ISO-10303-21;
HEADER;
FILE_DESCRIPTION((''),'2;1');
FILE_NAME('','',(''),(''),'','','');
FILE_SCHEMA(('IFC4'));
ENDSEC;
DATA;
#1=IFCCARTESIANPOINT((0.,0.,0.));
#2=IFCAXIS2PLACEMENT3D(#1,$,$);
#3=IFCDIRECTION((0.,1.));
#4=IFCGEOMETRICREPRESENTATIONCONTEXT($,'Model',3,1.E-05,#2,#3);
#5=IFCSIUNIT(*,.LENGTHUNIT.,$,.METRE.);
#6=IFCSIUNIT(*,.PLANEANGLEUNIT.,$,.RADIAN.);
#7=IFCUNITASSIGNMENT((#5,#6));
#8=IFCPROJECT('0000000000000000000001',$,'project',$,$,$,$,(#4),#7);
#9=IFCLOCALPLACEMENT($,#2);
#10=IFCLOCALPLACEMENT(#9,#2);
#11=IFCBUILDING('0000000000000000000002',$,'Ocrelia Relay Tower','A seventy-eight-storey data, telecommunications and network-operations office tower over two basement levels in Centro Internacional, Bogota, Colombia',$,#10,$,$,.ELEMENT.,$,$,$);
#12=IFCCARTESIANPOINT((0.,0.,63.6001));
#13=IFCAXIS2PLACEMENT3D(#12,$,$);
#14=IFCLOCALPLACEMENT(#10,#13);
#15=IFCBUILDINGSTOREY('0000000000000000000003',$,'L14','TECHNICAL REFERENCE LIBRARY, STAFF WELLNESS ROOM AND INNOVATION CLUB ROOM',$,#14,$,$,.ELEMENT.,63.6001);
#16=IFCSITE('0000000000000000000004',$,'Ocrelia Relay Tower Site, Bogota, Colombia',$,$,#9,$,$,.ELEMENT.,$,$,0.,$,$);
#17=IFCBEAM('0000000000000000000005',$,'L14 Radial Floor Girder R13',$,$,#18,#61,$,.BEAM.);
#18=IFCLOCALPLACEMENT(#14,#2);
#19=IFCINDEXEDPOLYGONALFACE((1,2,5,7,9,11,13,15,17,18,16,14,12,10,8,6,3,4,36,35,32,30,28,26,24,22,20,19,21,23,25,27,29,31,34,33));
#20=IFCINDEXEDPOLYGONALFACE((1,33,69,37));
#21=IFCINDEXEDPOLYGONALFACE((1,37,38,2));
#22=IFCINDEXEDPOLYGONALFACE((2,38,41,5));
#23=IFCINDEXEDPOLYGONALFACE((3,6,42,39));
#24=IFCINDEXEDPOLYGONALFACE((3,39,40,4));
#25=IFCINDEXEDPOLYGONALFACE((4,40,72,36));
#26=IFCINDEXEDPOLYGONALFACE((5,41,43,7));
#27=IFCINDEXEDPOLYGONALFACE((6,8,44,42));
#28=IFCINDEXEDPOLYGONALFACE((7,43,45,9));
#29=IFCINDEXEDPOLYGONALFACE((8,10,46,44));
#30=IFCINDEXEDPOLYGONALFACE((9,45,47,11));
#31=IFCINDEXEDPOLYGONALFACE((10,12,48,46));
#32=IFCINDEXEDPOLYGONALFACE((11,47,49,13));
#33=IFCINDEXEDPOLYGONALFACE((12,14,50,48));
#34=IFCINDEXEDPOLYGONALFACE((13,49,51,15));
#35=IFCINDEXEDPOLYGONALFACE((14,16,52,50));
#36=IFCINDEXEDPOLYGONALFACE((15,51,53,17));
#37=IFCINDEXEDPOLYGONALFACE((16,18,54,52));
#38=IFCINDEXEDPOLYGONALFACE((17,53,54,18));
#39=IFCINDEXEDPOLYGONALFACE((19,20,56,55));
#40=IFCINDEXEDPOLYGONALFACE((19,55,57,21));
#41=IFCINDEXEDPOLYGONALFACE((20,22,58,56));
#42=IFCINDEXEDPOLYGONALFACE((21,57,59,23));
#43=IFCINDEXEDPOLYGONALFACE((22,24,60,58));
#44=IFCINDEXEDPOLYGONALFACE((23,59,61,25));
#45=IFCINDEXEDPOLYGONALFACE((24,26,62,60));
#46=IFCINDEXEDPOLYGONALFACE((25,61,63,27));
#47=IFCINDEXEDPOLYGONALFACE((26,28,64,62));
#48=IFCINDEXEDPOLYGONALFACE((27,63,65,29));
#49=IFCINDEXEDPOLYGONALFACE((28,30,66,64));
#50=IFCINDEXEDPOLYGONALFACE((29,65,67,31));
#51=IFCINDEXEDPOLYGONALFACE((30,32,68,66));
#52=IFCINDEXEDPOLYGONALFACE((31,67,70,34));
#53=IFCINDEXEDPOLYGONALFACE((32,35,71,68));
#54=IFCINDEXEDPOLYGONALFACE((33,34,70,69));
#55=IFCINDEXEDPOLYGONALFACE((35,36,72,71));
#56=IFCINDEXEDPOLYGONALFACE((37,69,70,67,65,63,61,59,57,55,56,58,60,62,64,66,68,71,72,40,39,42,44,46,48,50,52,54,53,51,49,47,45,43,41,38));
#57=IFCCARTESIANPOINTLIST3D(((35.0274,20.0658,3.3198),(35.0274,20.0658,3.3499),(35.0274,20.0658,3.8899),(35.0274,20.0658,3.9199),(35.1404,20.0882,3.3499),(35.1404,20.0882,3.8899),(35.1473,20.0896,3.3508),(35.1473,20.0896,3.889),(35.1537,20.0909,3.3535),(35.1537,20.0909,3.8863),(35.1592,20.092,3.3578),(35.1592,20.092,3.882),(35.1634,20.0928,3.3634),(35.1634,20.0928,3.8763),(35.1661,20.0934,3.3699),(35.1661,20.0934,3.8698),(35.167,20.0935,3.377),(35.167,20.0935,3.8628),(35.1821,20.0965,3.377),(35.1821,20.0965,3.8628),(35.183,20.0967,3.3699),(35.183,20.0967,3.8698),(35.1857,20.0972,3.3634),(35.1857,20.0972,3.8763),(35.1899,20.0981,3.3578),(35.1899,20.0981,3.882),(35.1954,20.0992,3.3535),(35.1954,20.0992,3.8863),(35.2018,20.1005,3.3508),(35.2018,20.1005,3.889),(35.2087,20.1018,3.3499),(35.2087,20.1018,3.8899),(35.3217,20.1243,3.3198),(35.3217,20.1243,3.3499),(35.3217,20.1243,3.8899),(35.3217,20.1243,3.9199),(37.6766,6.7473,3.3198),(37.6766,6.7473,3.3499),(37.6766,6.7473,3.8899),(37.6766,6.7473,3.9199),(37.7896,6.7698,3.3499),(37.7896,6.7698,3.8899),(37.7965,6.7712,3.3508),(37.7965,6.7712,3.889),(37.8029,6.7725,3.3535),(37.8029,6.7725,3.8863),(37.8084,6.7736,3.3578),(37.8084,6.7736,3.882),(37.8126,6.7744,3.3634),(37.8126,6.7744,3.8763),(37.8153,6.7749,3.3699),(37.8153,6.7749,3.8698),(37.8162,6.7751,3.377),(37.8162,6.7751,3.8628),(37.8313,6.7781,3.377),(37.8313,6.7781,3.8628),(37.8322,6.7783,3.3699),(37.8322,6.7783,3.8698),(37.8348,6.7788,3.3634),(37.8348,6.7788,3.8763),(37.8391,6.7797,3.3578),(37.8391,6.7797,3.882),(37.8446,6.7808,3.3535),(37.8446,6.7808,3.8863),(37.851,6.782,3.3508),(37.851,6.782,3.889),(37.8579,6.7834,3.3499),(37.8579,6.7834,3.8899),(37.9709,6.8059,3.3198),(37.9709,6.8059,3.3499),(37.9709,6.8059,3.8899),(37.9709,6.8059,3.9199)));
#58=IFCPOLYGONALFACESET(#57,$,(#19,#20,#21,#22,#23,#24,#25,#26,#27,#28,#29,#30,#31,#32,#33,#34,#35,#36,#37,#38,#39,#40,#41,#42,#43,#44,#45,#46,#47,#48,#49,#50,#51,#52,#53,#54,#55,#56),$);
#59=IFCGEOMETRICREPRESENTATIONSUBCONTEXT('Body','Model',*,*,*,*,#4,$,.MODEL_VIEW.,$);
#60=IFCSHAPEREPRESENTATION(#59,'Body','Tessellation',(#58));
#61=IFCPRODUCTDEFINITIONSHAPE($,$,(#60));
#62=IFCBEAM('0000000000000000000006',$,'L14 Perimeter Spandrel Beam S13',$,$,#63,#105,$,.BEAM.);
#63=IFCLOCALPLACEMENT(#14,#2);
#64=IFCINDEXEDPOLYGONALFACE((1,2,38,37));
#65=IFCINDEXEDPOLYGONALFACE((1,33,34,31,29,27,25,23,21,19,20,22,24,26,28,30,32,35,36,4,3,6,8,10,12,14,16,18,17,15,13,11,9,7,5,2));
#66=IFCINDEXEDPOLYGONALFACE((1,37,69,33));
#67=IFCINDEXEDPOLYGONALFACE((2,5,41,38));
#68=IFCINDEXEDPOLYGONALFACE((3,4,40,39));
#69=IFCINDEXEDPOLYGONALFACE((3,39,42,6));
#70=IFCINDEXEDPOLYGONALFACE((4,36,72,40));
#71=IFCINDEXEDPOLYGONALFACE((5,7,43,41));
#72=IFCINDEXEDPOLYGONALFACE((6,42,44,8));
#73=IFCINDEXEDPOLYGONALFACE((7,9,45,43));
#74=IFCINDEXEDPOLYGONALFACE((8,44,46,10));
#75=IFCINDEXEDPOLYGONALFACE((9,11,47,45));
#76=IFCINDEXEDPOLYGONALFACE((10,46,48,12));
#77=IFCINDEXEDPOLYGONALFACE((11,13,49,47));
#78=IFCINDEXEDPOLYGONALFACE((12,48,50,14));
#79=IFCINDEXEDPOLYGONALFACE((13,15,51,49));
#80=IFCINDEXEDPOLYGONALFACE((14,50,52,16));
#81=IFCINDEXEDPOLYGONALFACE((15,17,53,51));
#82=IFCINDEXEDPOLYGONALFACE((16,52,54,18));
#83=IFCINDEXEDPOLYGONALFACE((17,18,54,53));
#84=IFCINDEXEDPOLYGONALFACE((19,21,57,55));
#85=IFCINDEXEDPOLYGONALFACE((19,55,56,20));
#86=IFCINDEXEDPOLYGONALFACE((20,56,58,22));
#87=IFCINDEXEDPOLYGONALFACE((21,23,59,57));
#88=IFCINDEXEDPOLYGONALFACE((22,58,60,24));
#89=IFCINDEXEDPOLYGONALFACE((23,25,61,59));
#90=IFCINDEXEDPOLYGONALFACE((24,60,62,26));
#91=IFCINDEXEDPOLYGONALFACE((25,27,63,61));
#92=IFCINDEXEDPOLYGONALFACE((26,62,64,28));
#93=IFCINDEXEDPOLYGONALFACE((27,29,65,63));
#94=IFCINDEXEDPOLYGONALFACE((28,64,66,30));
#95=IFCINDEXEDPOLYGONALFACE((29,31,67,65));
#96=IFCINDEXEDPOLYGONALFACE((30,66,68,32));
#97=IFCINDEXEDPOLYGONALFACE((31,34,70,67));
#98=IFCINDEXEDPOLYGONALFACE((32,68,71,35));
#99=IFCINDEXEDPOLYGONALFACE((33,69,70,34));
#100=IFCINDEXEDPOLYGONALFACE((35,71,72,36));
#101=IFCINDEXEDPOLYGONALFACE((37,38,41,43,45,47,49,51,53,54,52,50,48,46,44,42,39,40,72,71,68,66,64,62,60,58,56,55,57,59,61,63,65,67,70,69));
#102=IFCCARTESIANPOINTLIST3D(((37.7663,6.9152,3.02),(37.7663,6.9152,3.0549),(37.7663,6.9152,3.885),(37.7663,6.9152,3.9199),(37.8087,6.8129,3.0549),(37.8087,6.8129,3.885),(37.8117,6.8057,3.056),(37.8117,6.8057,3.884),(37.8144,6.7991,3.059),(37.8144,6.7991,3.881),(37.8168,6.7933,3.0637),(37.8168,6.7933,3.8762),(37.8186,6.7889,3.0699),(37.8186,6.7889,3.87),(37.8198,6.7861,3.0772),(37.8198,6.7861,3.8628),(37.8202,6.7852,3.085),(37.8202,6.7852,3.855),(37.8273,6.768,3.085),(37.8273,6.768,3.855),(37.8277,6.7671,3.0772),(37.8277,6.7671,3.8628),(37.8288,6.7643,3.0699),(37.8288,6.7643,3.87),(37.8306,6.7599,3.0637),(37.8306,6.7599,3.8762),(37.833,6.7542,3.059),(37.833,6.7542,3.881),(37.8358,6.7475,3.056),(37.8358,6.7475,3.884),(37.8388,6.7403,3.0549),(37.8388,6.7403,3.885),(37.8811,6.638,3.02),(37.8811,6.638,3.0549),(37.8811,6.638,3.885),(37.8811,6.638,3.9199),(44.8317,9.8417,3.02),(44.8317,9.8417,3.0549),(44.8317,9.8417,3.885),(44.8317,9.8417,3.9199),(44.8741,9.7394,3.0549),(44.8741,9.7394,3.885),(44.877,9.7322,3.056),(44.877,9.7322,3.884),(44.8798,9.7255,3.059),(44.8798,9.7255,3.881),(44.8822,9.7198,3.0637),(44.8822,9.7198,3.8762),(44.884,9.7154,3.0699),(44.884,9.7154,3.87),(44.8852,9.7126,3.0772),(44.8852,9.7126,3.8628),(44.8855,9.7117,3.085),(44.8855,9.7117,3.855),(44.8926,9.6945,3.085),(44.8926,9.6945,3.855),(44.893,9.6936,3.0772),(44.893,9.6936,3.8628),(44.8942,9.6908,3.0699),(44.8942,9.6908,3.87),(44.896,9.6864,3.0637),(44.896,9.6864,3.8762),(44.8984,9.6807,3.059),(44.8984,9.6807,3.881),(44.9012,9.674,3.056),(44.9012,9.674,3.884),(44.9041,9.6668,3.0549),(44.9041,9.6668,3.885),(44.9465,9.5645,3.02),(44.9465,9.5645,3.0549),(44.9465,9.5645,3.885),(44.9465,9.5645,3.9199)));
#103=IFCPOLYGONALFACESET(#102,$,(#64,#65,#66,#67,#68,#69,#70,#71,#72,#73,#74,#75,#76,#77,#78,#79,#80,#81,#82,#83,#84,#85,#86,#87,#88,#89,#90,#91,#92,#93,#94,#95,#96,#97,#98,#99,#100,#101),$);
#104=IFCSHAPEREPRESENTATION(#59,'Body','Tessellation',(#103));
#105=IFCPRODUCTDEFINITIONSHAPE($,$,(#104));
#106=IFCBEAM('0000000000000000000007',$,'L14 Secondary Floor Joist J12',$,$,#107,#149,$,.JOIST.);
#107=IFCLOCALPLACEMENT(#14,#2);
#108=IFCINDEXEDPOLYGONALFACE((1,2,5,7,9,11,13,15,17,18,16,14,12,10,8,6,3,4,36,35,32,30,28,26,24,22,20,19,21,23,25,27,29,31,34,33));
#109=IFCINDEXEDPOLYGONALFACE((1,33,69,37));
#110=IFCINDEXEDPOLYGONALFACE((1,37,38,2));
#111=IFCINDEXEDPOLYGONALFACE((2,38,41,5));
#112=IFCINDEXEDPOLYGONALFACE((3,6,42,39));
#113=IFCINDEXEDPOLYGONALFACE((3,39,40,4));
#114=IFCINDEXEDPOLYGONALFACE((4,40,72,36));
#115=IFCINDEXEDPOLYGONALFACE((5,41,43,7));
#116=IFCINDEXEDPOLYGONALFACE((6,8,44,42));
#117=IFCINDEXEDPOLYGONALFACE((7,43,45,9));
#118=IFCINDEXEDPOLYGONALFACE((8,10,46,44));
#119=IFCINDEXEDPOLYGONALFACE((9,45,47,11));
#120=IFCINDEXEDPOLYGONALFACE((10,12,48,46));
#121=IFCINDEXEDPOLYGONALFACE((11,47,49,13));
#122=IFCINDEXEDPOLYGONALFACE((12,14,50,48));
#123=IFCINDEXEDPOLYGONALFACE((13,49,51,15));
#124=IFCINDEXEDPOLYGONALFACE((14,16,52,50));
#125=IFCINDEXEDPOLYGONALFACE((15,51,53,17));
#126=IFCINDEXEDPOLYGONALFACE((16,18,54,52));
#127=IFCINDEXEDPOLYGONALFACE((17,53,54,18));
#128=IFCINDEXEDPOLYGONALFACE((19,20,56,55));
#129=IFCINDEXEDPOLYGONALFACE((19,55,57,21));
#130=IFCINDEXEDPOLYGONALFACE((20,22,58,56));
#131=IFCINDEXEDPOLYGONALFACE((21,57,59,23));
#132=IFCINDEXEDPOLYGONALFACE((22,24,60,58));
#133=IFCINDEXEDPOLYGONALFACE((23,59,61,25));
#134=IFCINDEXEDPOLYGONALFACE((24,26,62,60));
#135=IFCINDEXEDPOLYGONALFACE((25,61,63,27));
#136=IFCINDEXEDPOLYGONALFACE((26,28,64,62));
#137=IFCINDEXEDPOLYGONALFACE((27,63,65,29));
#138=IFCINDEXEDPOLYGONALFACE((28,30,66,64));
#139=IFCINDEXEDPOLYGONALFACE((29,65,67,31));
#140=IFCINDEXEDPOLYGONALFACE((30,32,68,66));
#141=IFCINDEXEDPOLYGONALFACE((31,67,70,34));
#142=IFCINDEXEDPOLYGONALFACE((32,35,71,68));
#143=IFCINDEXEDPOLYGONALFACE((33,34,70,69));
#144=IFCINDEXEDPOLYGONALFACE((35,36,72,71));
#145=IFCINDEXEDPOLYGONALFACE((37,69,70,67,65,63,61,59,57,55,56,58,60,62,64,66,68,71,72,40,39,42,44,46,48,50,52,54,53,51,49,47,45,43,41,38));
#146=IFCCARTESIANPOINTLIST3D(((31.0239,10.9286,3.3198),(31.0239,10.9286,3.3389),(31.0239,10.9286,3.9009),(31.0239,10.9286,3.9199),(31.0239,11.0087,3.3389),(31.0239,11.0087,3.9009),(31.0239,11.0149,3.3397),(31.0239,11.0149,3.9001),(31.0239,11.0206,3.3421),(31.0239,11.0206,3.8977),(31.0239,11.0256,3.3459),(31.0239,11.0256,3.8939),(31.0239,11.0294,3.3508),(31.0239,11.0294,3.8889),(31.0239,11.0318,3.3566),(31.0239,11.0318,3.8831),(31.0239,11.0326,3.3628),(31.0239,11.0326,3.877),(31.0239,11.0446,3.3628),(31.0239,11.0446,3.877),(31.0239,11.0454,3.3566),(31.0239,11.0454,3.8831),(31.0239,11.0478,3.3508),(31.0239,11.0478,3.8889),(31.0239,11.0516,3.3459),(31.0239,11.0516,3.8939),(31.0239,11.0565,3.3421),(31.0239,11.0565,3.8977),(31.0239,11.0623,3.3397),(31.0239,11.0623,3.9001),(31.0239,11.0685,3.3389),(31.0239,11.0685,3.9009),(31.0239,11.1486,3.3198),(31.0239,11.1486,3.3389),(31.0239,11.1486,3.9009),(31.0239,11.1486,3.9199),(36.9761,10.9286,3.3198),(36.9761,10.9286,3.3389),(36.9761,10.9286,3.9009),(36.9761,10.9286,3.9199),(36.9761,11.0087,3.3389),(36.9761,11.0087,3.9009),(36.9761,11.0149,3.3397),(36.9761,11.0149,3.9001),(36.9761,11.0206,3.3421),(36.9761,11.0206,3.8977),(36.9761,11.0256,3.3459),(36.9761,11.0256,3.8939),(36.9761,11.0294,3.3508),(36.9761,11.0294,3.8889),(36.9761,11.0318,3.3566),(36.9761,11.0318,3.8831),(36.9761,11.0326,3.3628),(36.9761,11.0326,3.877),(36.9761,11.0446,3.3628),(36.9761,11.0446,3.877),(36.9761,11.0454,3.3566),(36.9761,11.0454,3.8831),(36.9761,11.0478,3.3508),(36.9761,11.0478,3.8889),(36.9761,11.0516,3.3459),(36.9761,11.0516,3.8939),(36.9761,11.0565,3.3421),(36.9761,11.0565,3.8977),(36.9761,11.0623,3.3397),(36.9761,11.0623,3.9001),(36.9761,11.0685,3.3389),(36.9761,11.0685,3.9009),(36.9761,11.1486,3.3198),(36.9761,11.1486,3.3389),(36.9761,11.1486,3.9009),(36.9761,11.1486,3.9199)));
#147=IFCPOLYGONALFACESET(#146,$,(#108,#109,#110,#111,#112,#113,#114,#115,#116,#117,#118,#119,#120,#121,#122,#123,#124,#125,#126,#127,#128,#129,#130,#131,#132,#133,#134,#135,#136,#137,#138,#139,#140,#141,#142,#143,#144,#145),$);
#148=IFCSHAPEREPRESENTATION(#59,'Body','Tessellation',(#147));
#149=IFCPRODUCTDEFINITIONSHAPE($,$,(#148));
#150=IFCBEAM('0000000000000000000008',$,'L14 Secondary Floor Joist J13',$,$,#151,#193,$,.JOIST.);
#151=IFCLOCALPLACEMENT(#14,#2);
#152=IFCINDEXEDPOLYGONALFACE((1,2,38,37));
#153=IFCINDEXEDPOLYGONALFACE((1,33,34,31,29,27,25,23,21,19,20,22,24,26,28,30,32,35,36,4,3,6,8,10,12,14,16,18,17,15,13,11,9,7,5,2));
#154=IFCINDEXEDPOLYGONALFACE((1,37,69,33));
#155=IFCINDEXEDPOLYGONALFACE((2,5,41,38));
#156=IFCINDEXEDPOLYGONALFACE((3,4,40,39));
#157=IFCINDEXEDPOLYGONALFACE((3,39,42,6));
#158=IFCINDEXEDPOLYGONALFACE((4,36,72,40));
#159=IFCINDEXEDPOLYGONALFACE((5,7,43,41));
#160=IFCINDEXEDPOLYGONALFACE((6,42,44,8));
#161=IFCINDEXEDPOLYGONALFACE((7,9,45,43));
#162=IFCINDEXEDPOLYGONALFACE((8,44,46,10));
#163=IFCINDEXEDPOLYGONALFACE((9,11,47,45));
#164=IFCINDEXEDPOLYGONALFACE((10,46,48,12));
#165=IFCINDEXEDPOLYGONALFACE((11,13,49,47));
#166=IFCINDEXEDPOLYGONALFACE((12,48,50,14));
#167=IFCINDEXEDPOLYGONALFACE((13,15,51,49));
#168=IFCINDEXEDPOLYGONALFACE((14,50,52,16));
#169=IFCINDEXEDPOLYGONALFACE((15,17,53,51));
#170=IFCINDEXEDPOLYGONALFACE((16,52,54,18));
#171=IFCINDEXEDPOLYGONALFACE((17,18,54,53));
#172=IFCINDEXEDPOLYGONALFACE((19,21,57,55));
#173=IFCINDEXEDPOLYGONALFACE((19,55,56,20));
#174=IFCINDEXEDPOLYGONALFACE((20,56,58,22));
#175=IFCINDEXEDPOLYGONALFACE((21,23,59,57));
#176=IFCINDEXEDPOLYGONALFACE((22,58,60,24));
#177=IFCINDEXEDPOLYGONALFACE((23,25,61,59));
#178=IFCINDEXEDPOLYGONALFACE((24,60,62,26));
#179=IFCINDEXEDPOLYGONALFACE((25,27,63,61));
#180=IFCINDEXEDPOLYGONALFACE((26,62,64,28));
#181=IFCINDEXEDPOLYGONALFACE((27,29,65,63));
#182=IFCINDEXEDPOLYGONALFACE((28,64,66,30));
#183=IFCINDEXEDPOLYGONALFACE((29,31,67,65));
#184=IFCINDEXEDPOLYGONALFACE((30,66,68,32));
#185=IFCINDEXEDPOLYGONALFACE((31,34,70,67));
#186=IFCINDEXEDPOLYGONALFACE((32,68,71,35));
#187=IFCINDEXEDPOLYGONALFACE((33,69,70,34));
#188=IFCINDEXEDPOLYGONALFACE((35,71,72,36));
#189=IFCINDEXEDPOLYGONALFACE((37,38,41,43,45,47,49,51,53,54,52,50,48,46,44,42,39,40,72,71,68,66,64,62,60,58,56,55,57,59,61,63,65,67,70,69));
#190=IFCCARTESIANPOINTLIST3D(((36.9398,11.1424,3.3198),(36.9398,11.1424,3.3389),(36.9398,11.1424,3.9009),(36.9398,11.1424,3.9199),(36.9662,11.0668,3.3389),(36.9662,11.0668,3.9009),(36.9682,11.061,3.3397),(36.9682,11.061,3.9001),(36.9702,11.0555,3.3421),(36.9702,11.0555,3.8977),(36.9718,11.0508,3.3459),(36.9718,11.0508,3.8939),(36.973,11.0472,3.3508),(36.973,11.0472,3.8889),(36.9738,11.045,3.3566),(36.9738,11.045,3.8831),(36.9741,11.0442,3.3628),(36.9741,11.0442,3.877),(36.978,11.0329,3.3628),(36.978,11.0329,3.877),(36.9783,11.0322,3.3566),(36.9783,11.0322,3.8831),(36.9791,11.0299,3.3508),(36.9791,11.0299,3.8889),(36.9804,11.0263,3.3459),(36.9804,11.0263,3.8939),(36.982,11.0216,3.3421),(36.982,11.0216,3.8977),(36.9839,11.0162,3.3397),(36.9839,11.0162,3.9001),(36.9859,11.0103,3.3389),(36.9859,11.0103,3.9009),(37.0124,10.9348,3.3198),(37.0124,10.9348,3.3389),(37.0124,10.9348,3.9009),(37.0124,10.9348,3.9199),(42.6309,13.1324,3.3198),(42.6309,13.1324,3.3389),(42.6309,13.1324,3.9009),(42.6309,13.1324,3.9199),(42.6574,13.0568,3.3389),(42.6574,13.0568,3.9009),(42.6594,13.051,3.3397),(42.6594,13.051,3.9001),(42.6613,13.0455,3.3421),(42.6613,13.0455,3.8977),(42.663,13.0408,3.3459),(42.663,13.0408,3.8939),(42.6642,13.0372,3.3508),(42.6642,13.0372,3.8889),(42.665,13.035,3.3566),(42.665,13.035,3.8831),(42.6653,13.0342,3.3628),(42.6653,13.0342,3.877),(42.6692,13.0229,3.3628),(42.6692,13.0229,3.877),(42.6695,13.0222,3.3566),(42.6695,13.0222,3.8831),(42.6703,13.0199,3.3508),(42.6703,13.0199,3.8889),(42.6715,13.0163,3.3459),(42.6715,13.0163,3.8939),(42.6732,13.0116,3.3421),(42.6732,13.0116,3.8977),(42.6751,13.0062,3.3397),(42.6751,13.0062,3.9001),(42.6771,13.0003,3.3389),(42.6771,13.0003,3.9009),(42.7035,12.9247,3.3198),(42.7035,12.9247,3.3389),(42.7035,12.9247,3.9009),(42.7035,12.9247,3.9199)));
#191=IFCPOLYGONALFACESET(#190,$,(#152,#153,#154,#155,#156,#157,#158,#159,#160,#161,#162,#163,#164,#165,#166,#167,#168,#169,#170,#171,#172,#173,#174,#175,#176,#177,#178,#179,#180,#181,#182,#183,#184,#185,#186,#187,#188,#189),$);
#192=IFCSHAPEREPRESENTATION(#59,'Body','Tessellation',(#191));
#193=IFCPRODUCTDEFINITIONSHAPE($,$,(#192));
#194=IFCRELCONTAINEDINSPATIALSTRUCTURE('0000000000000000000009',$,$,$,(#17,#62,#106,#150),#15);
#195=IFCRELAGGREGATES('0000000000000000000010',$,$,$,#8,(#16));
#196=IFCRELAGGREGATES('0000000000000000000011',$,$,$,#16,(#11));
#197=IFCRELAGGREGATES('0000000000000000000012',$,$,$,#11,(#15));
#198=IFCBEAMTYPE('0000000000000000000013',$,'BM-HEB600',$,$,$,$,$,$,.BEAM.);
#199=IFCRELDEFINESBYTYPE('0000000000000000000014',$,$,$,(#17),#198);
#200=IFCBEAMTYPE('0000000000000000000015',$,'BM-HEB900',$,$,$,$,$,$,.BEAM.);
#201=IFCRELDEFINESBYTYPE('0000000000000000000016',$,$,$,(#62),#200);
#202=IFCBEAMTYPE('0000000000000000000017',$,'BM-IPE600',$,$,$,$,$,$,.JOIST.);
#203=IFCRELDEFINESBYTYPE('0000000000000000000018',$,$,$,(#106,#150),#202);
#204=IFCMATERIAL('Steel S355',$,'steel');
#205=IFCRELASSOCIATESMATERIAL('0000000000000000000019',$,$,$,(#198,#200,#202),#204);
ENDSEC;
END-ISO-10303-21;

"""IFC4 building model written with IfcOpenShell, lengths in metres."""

from ifc_helpers import new_model, si_unit, direction, frame, origin, origin_2d, place, context, subcontext, project, spatial, i_section, extrude, material, material_profile, profile_set, type_object, element, save


model = new_model("IFC4")

# Units and contexts
model_context = context("Model", 3, precision=1e-05, world=origin(), true_north=direction((0.0, 1.0)))
body_context = subcontext(model_context, "Body", "Model", "MODEL_VIEW")
ifc_project = project(units=[si_unit("LENGTHUNIT", "METRE"), si_unit("PLANEANGLEUNIT", "RADIAN")], contexts=[model_context])

# Site, building, storey
site_placement = place(None, origin())
site = spatial("IfcSite", under=ifc_project, at=site_placement, Name="Ocrelia Relay Tower Site, Bogota, Colombia", CompositionType="ELEMENT", RefElevation=0.0)
building_placement = place(site_placement, origin())
building = spatial("IfcBuilding", under=site, at=building_placement, Name="Ocrelia Relay Tower", Description="A seventy-eight-storey data, telecommunications and network-operations office tower over two basement levels in Centro Internacional, Bogota, Colombia", CompositionType="ELEMENT")
storey_placement = place(building_placement, frame((0.0, 0.0, 63.6001)))
storey = spatial("IfcBuildingStorey", under=building, at=storey_placement, Name="L14", Description="TECHNICAL REFERENCE LIBRARY, STAFF WELLNESS ROOM AND INNOVATION CLUB ROOM", CompositionType="ELEMENT", Elevation=63.6001)

# Beams
ifc_material_1 = material(Name="Steel S355", Category="steel")
ifc_material_profile_1 = material_profile(ifc_material_1, i_section(OverallWidth=0.3, OverallDepth=0.6001, WebThickness=0.0154, FlangeThickness=0.03, FilletRadius=0.0271, at=origin_2d()), Name="HEB 600")
ifc_profile_set_1 = profile_set([ifc_material_profile_1], Name="Steel S355")
beam_type_1 = type_object("IfcBeamType", Name="BM-HEB600", PredefinedType="BEAM", material=ifc_profile_set_1)
beam_1_placement = place(storey_placement, frame((37.8237, 6.7766, 3.6199), z_axis=(-0.195089, 0.980786, 0.0), x_axis=(-0.980786, -0.195089, 0.0)))
element("IfcBeam", 1, at=beam_1_placement, inside=storey, type_object=beam_type_1, Name="L14 Radial Floor Girder R13", PredefinedType="BEAM", context=body_context, shape_type="SweptSolid", body=[
    extrude(i_section(OverallWidth=0.3, OverallDepth=0.6001, WebThickness=0.0154, FlangeThickness=0.03, FilletRadius=0.0271, at=origin_2d()), origin(), (0.0, 0.0, 1.0), 13.5793),
])
ifc_material_profile_2 = material_profile(ifc_material_1, i_section(OverallWidth=0.3, OverallDepth=0.8999, WebThickness=0.0186, FlangeThickness=0.0349, FilletRadius=0.03, at=origin_2d()), Name="HEB 900")
ifc_profile_set_2 = profile_set([ifc_material_profile_2], Name="Steel S355")
beam_type_2 = type_object("IfcBeamType", Name="BM-HEB900", PredefinedType="BEAM", material=ifc_profile_set_2)
beam_2_placement = place(storey_placement, frame((37.8237, 6.7766, 3.47), z_axis=(0.923883, 0.382674, 0.0), x_axis=(-0.382674, 0.923883, 0.0)))
element("IfcBeam", 2, at=beam_2_placement, inside=storey, type_object=beam_type_2, Name="L14 Perimeter Spandrel Beam S13", PredefinedType="BEAM", context=body_context, shape_type="SweptSolid", body=[
    extrude(i_section(OverallWidth=0.3, OverallDepth=0.8999, WebThickness=0.0186, FlangeThickness=0.0349, FilletRadius=0.03, at=origin_2d()), origin(), (0.0, 0.0, 1.0), 7.6475),
])
ifc_material_profile_3 = material_profile(ifc_material_1, i_section(OverallWidth=0.22, OverallDepth=0.6001, WebThickness=0.012, FlangeThickness=0.019, FilletRadius=0.0239, at=origin_2d()), Name="IPE 600")
ifc_profile_set_3 = profile_set([ifc_material_profile_3], Name="Steel S355")
beam_type_3 = type_object("IfcBeamType", Name="BM-IPE600", PredefinedType="JOIST", material=ifc_profile_set_3)
beam_3_placement = place(storey_placement, frame((31.0239, 11.0386, 3.6199), z_axis=(1.0, 0.0, 0.0), x_axis=(0.0, 1.0, 0.0)))
element("IfcBeam", 3, at=beam_3_placement, inside=storey, type_object=beam_type_3, Name="L14 Secondary Floor Joist J12", PredefinedType="JOIST", context=body_context, shape_type="SweptSolid", body=[
    extrude(i_section(OverallWidth=0.22, OverallDepth=0.6001, WebThickness=0.012, FlangeThickness=0.019, FilletRadius=0.0239, at=origin_2d()), origin(), (0.0, 0.0, 1.0), 5.9521),
])
beam_4_placement = place(storey_placement, frame((36.9761, 11.0386, 3.6199), z_axis=(0.943957, 0.330067, 0.0), x_axis=(-0.330067, 0.943957, 0.0)))
element("IfcBeam", 4, at=beam_4_placement, inside=storey, type_object=beam_type_3, Name="L14 Secondary Floor Joist J13", PredefinedType="JOIST", context=body_context, shape_type="SweptSolid", body=[
    extrude(i_section(OverallWidth=0.22, OverallDepth=0.6001, WebThickness=0.012, FlangeThickness=0.019, FilletRadius=0.0239, at=origin_2d()), origin(), (0.0, 0.0, 1.0), 6.0291),
])

save(model, "model.ifc")
